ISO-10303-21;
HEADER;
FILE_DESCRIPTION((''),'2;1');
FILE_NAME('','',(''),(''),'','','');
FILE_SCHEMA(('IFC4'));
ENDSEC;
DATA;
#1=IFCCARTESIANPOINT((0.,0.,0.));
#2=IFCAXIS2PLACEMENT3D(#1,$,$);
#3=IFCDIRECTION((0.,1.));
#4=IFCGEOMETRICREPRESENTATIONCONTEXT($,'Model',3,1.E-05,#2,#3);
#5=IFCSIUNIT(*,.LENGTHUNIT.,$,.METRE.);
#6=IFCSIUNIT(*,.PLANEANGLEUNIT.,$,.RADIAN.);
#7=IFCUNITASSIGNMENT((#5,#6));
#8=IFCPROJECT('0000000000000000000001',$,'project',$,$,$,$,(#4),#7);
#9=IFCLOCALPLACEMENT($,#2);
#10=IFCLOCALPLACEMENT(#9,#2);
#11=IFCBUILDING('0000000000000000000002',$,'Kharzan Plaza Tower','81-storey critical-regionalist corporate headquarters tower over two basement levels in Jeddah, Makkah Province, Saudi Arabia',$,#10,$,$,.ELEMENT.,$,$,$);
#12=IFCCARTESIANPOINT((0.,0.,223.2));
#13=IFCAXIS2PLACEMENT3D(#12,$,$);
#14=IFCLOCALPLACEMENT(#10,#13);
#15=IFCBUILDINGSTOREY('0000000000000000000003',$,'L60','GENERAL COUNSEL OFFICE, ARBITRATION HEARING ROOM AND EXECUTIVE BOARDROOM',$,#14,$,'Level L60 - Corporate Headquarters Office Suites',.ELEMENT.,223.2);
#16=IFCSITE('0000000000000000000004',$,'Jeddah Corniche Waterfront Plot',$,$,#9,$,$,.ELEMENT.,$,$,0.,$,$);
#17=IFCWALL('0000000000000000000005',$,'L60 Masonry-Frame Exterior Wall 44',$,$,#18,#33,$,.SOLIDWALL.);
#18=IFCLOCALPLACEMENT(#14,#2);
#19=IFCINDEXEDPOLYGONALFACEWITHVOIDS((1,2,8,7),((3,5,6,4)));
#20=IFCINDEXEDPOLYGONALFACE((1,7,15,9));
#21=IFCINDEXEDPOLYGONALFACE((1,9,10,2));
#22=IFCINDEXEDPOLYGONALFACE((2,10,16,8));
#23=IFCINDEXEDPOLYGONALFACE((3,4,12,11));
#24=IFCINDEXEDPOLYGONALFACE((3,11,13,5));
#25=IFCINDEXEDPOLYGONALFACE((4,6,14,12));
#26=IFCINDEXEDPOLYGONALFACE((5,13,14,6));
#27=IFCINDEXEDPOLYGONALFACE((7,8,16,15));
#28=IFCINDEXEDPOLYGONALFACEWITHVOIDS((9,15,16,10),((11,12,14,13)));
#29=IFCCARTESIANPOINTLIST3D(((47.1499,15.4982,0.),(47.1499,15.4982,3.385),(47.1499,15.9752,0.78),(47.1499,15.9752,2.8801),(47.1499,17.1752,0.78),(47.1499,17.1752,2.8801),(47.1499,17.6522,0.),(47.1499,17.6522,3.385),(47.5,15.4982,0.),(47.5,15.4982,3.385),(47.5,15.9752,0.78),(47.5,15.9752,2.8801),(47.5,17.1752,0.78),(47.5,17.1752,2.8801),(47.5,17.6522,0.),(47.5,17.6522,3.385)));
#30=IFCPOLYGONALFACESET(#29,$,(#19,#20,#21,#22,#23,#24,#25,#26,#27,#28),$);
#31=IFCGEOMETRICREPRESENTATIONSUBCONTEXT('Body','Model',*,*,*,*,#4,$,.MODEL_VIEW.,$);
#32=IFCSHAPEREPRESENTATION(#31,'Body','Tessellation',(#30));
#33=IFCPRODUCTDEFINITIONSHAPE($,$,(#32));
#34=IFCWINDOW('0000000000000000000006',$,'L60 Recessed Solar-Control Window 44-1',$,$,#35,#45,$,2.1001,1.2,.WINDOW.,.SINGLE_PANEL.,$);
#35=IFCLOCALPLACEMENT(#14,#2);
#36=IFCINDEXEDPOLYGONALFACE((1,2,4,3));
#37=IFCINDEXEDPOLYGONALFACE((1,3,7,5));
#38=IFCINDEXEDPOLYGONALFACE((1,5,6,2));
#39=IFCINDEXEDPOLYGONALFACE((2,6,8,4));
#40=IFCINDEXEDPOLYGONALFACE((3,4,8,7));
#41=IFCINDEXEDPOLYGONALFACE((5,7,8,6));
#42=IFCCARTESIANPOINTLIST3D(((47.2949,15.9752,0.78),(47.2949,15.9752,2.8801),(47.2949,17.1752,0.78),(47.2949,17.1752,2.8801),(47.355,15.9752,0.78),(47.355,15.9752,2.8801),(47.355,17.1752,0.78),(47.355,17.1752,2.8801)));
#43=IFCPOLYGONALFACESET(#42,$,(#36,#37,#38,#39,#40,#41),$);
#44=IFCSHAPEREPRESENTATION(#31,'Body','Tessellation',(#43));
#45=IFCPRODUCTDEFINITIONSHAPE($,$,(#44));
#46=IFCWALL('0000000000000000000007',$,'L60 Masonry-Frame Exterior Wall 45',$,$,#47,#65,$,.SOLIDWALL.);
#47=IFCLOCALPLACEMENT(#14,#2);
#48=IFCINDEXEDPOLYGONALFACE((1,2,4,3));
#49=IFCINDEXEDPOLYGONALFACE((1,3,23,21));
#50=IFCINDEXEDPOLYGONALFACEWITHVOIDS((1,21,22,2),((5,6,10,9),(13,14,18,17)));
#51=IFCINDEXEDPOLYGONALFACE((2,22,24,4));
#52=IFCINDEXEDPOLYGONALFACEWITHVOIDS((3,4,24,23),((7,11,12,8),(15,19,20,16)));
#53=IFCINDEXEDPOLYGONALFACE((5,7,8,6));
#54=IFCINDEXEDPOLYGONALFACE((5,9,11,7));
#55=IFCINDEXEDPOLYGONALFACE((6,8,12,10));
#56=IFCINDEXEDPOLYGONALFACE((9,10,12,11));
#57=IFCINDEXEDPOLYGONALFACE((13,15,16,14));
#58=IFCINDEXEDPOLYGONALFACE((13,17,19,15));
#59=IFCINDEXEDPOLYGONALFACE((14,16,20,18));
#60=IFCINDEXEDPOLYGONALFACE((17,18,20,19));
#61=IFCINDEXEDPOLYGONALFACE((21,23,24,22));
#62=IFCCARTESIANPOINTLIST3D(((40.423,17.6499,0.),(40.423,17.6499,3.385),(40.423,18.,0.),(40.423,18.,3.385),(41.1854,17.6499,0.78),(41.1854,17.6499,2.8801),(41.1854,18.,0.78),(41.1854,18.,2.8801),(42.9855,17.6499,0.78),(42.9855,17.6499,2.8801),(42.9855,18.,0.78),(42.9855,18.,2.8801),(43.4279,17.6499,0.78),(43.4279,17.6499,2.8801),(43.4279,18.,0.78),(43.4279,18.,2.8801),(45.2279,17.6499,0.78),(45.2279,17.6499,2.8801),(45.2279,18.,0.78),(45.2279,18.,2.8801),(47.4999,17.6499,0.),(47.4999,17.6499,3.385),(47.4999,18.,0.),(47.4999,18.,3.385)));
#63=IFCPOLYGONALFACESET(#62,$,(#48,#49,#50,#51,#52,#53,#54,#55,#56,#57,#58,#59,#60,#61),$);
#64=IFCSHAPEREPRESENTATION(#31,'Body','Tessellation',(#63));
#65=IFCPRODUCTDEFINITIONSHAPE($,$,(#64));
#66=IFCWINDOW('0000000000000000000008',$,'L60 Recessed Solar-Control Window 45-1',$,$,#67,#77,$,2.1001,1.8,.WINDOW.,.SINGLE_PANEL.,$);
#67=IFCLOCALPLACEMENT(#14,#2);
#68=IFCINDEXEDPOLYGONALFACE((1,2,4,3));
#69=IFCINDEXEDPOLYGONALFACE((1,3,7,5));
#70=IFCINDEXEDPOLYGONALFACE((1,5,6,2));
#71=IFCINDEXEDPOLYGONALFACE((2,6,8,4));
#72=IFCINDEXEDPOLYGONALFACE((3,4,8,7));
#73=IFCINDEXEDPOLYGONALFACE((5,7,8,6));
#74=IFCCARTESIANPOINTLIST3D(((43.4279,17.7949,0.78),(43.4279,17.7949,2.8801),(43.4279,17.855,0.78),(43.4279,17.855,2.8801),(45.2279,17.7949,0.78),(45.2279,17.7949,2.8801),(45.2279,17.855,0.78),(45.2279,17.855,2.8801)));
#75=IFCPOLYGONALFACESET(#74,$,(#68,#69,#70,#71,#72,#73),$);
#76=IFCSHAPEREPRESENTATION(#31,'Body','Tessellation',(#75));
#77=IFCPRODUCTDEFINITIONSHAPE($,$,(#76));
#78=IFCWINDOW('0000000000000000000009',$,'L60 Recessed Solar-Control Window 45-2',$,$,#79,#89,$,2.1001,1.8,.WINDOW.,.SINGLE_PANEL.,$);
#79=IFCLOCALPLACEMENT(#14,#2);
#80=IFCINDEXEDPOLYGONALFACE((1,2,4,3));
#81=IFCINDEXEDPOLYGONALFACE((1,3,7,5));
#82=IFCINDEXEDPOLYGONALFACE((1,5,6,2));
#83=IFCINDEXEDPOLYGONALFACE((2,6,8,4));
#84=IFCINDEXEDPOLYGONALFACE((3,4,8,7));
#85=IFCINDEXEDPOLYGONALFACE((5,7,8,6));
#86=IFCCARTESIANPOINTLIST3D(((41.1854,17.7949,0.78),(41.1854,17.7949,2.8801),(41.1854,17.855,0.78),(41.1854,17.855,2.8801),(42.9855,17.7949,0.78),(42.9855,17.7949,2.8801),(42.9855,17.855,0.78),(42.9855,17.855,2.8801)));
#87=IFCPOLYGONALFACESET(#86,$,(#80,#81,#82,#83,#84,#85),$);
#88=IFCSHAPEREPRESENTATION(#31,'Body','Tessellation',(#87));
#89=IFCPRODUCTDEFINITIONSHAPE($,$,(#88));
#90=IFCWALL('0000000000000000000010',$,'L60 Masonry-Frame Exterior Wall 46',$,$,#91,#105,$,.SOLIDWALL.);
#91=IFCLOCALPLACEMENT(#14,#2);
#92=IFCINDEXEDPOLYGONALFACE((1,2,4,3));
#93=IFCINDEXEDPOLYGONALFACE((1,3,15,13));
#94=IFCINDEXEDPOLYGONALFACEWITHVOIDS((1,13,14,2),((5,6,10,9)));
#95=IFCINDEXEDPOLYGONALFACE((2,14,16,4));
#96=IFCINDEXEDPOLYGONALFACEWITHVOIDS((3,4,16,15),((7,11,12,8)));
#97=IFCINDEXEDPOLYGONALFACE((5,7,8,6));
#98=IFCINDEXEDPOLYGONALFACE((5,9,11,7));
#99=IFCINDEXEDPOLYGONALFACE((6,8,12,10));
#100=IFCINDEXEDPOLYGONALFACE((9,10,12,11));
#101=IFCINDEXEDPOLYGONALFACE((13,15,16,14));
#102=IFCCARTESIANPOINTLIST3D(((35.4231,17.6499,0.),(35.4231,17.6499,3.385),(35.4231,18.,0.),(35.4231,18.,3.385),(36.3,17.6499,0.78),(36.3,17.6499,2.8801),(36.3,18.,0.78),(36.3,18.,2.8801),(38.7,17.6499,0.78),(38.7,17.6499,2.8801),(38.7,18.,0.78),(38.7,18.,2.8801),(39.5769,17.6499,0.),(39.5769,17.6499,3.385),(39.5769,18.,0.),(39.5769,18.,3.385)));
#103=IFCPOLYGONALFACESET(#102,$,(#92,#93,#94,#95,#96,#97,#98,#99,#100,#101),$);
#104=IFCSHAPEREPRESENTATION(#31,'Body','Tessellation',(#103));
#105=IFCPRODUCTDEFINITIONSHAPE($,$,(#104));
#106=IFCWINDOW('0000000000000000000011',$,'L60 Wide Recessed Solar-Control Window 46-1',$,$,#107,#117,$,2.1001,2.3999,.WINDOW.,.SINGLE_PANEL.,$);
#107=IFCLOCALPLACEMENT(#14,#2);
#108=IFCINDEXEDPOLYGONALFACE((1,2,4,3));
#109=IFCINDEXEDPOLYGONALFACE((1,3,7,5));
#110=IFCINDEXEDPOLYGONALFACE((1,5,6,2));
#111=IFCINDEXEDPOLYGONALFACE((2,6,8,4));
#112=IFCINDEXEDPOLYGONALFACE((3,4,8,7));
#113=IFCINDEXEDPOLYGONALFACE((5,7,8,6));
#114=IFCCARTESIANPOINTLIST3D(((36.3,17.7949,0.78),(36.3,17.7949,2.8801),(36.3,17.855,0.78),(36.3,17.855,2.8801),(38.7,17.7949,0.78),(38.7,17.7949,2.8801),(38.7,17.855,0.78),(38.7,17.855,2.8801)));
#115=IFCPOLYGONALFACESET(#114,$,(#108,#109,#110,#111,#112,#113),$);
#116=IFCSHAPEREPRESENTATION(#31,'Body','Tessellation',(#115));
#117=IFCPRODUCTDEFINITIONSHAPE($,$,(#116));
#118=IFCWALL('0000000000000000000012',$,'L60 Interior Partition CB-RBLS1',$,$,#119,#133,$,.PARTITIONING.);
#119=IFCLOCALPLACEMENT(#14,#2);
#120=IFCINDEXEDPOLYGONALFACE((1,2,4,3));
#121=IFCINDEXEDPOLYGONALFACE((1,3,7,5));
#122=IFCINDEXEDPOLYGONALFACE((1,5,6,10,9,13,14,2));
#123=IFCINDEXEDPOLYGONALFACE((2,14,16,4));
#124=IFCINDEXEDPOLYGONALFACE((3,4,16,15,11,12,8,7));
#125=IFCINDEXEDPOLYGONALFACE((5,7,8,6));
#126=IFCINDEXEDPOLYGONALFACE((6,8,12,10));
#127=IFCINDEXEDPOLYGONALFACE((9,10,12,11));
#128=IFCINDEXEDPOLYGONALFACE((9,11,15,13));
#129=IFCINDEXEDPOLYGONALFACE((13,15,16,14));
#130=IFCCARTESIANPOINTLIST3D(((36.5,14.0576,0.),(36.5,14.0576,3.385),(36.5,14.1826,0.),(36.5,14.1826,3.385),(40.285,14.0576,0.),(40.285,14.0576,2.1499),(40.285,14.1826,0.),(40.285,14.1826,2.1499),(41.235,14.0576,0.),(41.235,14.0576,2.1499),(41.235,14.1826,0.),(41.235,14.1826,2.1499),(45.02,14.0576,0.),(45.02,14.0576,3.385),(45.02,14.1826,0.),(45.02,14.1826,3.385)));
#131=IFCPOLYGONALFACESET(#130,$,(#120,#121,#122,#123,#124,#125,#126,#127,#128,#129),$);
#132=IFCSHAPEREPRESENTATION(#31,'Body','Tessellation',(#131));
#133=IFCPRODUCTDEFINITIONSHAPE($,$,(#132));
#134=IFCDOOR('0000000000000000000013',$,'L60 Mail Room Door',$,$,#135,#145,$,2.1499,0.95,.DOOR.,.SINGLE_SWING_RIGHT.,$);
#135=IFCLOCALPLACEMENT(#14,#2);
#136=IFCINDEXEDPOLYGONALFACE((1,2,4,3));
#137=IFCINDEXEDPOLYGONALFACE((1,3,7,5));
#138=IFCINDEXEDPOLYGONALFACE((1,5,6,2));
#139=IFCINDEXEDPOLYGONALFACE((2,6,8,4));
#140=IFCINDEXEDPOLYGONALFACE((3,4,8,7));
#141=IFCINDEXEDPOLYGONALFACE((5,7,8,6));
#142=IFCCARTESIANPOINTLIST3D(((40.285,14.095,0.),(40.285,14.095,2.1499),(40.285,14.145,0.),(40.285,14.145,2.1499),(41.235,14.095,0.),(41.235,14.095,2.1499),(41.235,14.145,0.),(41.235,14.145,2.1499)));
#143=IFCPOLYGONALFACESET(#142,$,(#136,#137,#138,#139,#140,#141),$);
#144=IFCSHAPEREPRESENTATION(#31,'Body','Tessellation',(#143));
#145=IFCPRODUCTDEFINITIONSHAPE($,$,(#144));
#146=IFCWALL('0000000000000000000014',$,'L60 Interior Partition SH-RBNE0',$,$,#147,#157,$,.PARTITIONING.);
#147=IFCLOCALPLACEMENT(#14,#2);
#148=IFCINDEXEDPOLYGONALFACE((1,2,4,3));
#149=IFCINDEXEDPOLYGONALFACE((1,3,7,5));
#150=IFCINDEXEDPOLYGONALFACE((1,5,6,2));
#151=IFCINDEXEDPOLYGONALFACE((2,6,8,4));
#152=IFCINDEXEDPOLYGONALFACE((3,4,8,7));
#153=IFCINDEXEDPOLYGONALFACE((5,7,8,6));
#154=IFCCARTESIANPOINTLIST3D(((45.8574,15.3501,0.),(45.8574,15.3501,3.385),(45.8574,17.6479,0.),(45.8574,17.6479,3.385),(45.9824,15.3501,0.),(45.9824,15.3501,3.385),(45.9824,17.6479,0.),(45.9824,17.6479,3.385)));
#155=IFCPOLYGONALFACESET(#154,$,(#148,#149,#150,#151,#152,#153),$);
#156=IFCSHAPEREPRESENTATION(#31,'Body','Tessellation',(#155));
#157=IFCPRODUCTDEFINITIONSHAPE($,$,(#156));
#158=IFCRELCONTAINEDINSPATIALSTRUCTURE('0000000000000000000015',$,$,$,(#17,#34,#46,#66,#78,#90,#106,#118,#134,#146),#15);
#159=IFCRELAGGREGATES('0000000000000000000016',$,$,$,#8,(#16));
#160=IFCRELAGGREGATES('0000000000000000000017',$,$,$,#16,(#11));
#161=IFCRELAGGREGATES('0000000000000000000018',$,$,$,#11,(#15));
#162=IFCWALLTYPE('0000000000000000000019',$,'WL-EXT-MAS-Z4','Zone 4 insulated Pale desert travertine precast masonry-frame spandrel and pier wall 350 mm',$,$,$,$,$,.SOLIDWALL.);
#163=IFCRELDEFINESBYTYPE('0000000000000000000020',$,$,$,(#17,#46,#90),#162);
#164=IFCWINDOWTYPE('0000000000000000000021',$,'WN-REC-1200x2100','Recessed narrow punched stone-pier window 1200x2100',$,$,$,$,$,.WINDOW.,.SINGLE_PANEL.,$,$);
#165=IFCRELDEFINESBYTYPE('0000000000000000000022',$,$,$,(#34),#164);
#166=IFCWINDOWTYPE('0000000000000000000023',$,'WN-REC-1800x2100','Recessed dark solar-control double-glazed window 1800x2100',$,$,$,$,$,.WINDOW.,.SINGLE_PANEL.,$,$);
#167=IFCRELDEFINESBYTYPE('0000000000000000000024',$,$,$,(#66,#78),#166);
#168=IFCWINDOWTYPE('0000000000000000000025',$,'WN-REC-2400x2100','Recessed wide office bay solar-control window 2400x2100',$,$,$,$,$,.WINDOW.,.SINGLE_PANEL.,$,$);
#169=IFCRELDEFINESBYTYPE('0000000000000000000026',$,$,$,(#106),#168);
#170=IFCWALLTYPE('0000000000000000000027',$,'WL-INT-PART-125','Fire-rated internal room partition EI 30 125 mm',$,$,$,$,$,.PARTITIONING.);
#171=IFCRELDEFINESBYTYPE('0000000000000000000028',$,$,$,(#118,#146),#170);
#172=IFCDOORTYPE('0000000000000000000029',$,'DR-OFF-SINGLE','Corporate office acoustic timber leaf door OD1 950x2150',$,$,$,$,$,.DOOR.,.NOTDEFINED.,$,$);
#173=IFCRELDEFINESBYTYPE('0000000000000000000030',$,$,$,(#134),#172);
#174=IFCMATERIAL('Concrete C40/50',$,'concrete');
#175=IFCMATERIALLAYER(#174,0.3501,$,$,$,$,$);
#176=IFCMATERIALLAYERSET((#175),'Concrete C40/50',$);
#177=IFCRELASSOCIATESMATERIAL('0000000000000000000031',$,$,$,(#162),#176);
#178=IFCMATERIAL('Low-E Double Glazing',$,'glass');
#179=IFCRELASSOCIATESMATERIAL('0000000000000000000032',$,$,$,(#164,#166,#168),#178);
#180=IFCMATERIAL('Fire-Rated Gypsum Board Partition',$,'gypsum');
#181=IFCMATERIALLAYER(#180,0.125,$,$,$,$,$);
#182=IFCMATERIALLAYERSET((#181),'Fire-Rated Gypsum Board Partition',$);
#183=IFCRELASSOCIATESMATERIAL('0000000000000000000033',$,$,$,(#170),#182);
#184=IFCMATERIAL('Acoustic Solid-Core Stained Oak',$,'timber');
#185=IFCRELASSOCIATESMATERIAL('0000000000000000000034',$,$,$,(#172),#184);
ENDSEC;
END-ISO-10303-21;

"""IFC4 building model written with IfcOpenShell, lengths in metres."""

from ifc_helpers import new_model, si_unit, direction, frame, frame_2d, origin, place, context, subcontext, project, spatial, rectangle, extrude, source, transform, mapped, material, layer, layer_set, type_object, element, fill, save


model = new_model("IFC4")

# Units and contexts
model_context = context("Model", 3, precision=1e-05, world=origin(), true_north=direction((0.0, 1.0)))
body_context = subcontext(model_context, "Body", "Model", "MODEL_VIEW")
ifc_project = project(units=[si_unit("LENGTHUNIT", "METRE"), si_unit("PLANEANGLEUNIT", "RADIAN")], contexts=[model_context])

# Site, building, storey
site_placement = place(None, origin())
site = spatial("IfcSite", under=ifc_project, at=site_placement, Name="Jeddah Corniche Waterfront Plot", CompositionType="ELEMENT", RefElevation=0.0)
building_placement = place(site_placement, origin())
building = spatial("IfcBuilding", under=site, at=building_placement, Name="Kharzan Plaza Tower", Description="81-storey critical-regionalist corporate headquarters tower over two basement levels in Jeddah, Makkah Province, Saudi Arabia", CompositionType="ELEMENT")
storey_placement = place(building_placement, frame((0.0, 0.0, 223.2)))
storey = spatial("IfcBuildingStorey", under=building, at=storey_placement, Name="L60", Description="GENERAL COUNSEL OFFICE, ARBITRATION HEARING ROOM AND EXECUTIVE BOARDROOM", LongName="Level L60 - Corporate Headquarters Office Suites", CompositionType="ELEMENT", Elevation=223.2)

# Wall, opening, window
ifc_material_1 = material(Name="Concrete C40/50", Category="concrete")
ifc_layer_1 = layer(ifc_material_1, 0.3501)
ifc_layer_set_1 = layer_set([ifc_layer_1], Name="Concrete C40/50")
wall_type_1 = type_object("IfcWallType", Name="WL-EXT-MAS-Z4", Description="Zone 4 insulated Pale desert travertine precast masonry-frame spandrel and pier wall 350 mm", PredefinedType="SOLIDWALL", material=ifc_layer_set_1)
ifc_material_2 = material(Name="Low-E Double Glazing", Category="glass")
window_type_1 = type_object("IfcWindowType", Name="WN-REC-1200x2100", Description="Recessed narrow punched stone-pier window 1200x2100", PartitioningType="SINGLE_PANEL", PredefinedType="WINDOW", material=ifc_material_2)
shared_shape_1 = source(origin(), body_context, "Body", "SweptSolid", [
    extrude(rectangle(XDim=1.2, YDim=2.1001, at=frame_2d((0.6001, 1.05))), frame((0.0, 0.03, 0.0), z_axis=(0.0, -1.0, 0.0), x_axis=(1.0, 0.0, 0.0)), (0.0, 0.0, 1.0), 0.0601),
])
wall_1_placement = place(storey_placement, frame((47.325, 15.498, 0.0), z_axis=(0.0, 0.0, 1.0), x_axis=(0.0, 1.0, 0.0)))
wall_1 = element("IfcWall", 1, at=wall_1_placement, inside=storey, type_object=wall_type_1, Name="L60 Masonry-Frame Exterior Wall 44", PredefinedType="SOLIDWALL", context=body_context, shape_type="SweptSolid", body=[
    extrude(rectangle(XDim=2.1541, YDim=0.3501, at=frame_2d((1.0771, 0.0))), origin(), (0.0, 0.0, 1.0), 3.385),
])
opening_1_placement = place(wall_1_placement, frame((0.4771, 0.0, 0.78)))
opening_1 = element("IfcOpeningElement", 2, at=opening_1_placement, cuts=wall_1, PredefinedType="OPENING", context=body_context, shape_type="SweptSolid", body=[
    extrude(rectangle(XDim=1.2, YDim=2.1001, at=frame_2d((0.6001, 1.05))), frame((0.0, 0.1851, 0.0), z_axis=(0.0, -1.0, 0.0), x_axis=(1.0, 0.0, 0.0)), (0.0, 0.0, 1.0), 0.3701),
])
window_1_placement = place(opening_1_placement, origin())
window_1 = element("IfcWindow", 3, at=window_1_placement, inside=storey, type_object=window_type_1, Name="L60 Recessed Solar-Control Window 44-1", OverallHeight=2.1001, OverallWidth=1.2, PartitioningType="SINGLE_PANEL", PredefinedType="WINDOW", context=body_context, shape_type="MappedRepresentation", body=[
    mapped(shared_shape_1, transform((0.0, 0.0, 0.0), x_axis=(1.0, 0.0, 0.0), y_axis=(0.0, 1.0, 0.0), z_axis=(0.0, 0.0, 1.0))),
])
fill(opening_1, window_1)

# Wall, openings, windows
wall_2_placement = place(storey_placement, frame((47.5, 17.825, 0.0), z_axis=(0.0, 0.0, 1.0), x_axis=(-1.0, 0.0, 0.0)))
wall_2 = element("IfcWall", 4, at=wall_2_placement, inside=storey, type_object=wall_type_1, Name="L60 Masonry-Frame Exterior Wall 45", PredefinedType="SOLIDWALL", context=body_context, shape_type="SweptSolid", body=[
    extrude(rectangle(XDim=7.0769, YDim=0.3501, at=frame_2d((3.5386, 0.0))), origin(), (0.0, 0.0, 1.0), 3.385),
])
opening_2_placement = place(wall_2_placement, frame((2.2722, 0.0, 0.78)))
opening_2 = element("IfcOpeningElement", 5, at=opening_2_placement, cuts=wall_2, PredefinedType="OPENING", context=body_context, shape_type="SweptSolid", body=[
    extrude(rectangle(XDim=1.8, YDim=2.1001, at=frame_2d((0.8999, 1.05))), frame((0.0, 0.1851, 0.0), z_axis=(0.0, -1.0, 0.0), x_axis=(1.0, 0.0, 0.0)), (0.0, 0.0, 1.0), 0.3701),
])
opening_3_placement = place(wall_2_placement, frame((4.5146, 0.0, 0.78)))
opening_3 = element("IfcOpeningElement", 6, at=opening_3_placement, cuts=wall_2, PredefinedType="OPENING", context=body_context, shape_type="SweptSolid", body=[
    extrude(rectangle(XDim=1.8, YDim=2.1001, at=frame_2d((0.8999, 1.05))), frame((0.0, 0.1851, 0.0), z_axis=(0.0, -1.0, 0.0), x_axis=(1.0, 0.0, 0.0)), (0.0, 0.0, 1.0), 0.3701),
])
window_type_2 = type_object("IfcWindowType", Name="WN-REC-1800x2100", Description="Recessed dark solar-control double-glazed window 1800x2100", PartitioningType="SINGLE_PANEL", PredefinedType="WINDOW", material=ifc_material_2)
shared_shape_2 = source(origin(), body_context, "Body", "SweptSolid", [
    extrude(rectangle(XDim=1.8, YDim=2.1001, at=frame_2d((0.8999, 1.05))), frame((0.0, 0.03, 0.0), z_axis=(0.0, -1.0, 0.0), x_axis=(1.0, 0.0, 0.0)), (0.0, 0.0, 1.0), 0.0601),
])
window_2_placement = place(opening_2_placement, origin())
window_2 = element("IfcWindow", 7, at=window_2_placement, inside=storey, type_object=window_type_2, Name="L60 Recessed Solar-Control Window 45-1", OverallHeight=2.1001, OverallWidth=1.8, PartitioningType="SINGLE_PANEL", PredefinedType="WINDOW", context=body_context, shape_type="MappedRepresentation", body=[
    mapped(shared_shape_2, transform((0.0, 0.0, 0.0), x_axis=(1.0, 0.0, 0.0), y_axis=(0.0, 1.0, 0.0), z_axis=(0.0, 0.0, 1.0))),
])
fill(opening_2, window_2)
window_3_placement = place(opening_3_placement, origin())
window_3 = element("IfcWindow", 8, at=window_3_placement, inside=storey, type_object=window_type_2, Name="L60 Recessed Solar-Control Window 45-2", OverallHeight=2.1001, OverallWidth=1.8, PartitioningType="SINGLE_PANEL", PredefinedType="WINDOW", context=body_context, shape_type="MappedRepresentation", body=[
    mapped(shared_shape_2, transform((0.0, 0.0, 0.0), x_axis=(1.0, 0.0, 0.0), y_axis=(0.0, 1.0, 0.0), z_axis=(0.0, 0.0, 1.0))),
])
fill(opening_3, window_3)

# Wall, opening, window
wall_3_placement = place(storey_placement, frame((39.5769, 17.825, 0.0), z_axis=(0.0, 0.0, 1.0), x_axis=(-1.0, 0.0, 0.0)))
wall_3 = element("IfcWall", 9, at=wall_3_placement, inside=storey, type_object=wall_type_1, Name="L60 Masonry-Frame Exterior Wall 46", PredefinedType="SOLIDWALL", context=body_context, shape_type="SweptSolid", body=[
    extrude(rectangle(XDim=4.1538, YDim=0.3501, at=frame_2d((2.0769, 0.0))), origin(), (0.0, 0.0, 1.0), 3.385),
])
opening_4_placement = place(wall_3_placement, frame((0.877, 0.0, 0.78)))
opening_4 = element("IfcOpeningElement", 10, at=opening_4_placement, cuts=wall_3, PredefinedType="OPENING", context=body_context, shape_type="SweptSolid", body=[
    extrude(rectangle(XDim=2.3999, YDim=2.1001, at=frame_2d((1.2, 1.05))), frame((0.0, 0.1851, 0.0), z_axis=(0.0, -1.0, 0.0), x_axis=(1.0, 0.0, 0.0)), (0.0, 0.0, 1.0), 0.3701),
])
window_type_3 = type_object("IfcWindowType", Name="WN-REC-2400x2100", Description="Recessed wide office bay solar-control window 2400x2100", PartitioningType="SINGLE_PANEL", PredefinedType="WINDOW", material=ifc_material_2)
shared_shape_3 = source(origin(), body_context, "Body", "SweptSolid", [
    extrude(rectangle(XDim=2.3999, YDim=2.1001, at=frame_2d((1.2, 1.05))), frame((0.0, 0.03, 0.0), z_axis=(0.0, -1.0, 0.0), x_axis=(1.0, 0.0, 0.0)), (0.0, 0.0, 1.0), 0.0601),
])
window_4_placement = place(opening_4_placement, origin())
window_4 = element("IfcWindow", 11, at=window_4_placement, inside=storey, type_object=window_type_3, Name="L60 Wide Recessed Solar-Control Window 46-1", OverallHeight=2.1001, OverallWidth=2.3999, PartitioningType="SINGLE_PANEL", PredefinedType="WINDOW", context=body_context, shape_type="MappedRepresentation", body=[
    mapped(shared_shape_3, transform((0.0, 0.0, 0.0), x_axis=(1.0, 0.0, 0.0), y_axis=(0.0, 1.0, 0.0), z_axis=(0.0, 0.0, 1.0))),
])
fill(opening_4, window_4)

# Wall, opening, door
ifc_material_3 = material(Name="Fire-Rated Gypsum Board Partition", Category="gypsum")
ifc_layer_2 = layer(ifc_material_3, 0.125)
ifc_layer_set_2 = layer_set([ifc_layer_2], Name="Fire-Rated Gypsum Board Partition")
wall_type_2 = type_object("IfcWallType", Name="WL-INT-PART-125", Description="Fire-rated internal room partition EI 30 125 mm", PredefinedType="PARTITIONING", material=ifc_layer_set_2)
wall_4_placement = place(storey_placement, frame((36.5, 14.1201, 0.0), z_axis=(0.0, 0.0, 1.0), x_axis=(1.0, 0.0, 0.0)))
wall_4 = element("IfcWall", 12, at=wall_4_placement, inside=storey, type_object=wall_type_2, Name="L60 Interior Partition CB-RBLS1", PredefinedType="PARTITIONING", context=body_context, shape_type="SweptSolid", body=[
    extrude(rectangle(XDim=8.52, YDim=0.125, at=frame_2d((4.26, 0.0))), origin(), (0.0, 0.0, 1.0), 3.385),
])
opening_5_placement = place(wall_4_placement, frame((3.7849, 0.0, 0.0)))
opening_5 = element("IfcOpeningElement", 13, at=opening_5_placement, cuts=wall_4, PredefinedType="OPENING", context=body_context, shape_type="SweptSolid", body=[
    extrude(rectangle(XDim=0.95, YDim=2.1499, at=frame_2d((0.4751, 1.075))), frame((0.0, 0.0725, 0.0), z_axis=(0.0, -1.0, 0.0), x_axis=(1.0, 0.0, 0.0)), (0.0, 0.0, 1.0), 0.145),
])
ifc_material_4 = material(Name="Acoustic Solid-Core Stained Oak", Category="timber")
door_type = type_object("IfcDoorType", Name="DR-OFF-SINGLE", Description="Corporate office acoustic timber leaf door OD1 950x2150", OperationType="NOTDEFINED", PredefinedType="DOOR", material=ifc_material_4)
shared_shape_4 = source(origin(), body_context, "Body", "SweptSolid", [
    extrude(rectangle(XDim=0.95, YDim=2.1499, at=frame_2d((0.4751, 1.075))), frame((0.0, 0.0249, 0.0), z_axis=(0.0, -1.0, 0.0), x_axis=(1.0, 0.0, 0.0)), (0.0, 0.0, 1.0), 0.05),
])
door_1_placement = place(opening_5_placement, origin())
door_1 = element("IfcDoor", 14, at=door_1_placement, inside=storey, type_object=door_type, Name="L60 Mail Room Door", OperationType="SINGLE_SWING_RIGHT", OverallHeight=2.1499, OverallWidth=0.95, PredefinedType="DOOR", context=body_context, shape_type="MappedRepresentation", body=[
    mapped(shared_shape_4, transform((0.0, 0.0, 0.0), x_axis=(1.0, 0.0, 0.0), y_axis=(0.0, 1.0, 0.0), z_axis=(0.0, 0.0, 1.0))),
])
fill(opening_5, door_1)

# Wall
shared_shape_5 = source(origin(), body_context, "Body", "SweptSolid", [
    extrude(rectangle(XDim=2.2979, YDim=0.125, at=frame_2d((1.1489, 0.0))), origin(), (0.0, 0.0, 1.0), 3.385),
])
wall_5_placement = place(storey_placement, frame((45.9199, 15.3501, 0.0), z_axis=(0.0, 0.0, 1.0), x_axis=(0.0, 1.0, 0.0)))
element("IfcWall", 15, at=wall_5_placement, inside=storey, type_object=wall_type_2, Name="L60 Interior Partition SH-RBNE0", PredefinedType="PARTITIONING", context=body_context, shape_type="MappedRepresentation", body=[
    mapped(shared_shape_5, transform((0.0, 0.0, 0.0), x_axis=(1.0, 0.0, 0.0), y_axis=(0.0, 1.0, 0.0), z_axis=(0.0, 0.0, 1.0))),
])

save(model, "model.ifc")
